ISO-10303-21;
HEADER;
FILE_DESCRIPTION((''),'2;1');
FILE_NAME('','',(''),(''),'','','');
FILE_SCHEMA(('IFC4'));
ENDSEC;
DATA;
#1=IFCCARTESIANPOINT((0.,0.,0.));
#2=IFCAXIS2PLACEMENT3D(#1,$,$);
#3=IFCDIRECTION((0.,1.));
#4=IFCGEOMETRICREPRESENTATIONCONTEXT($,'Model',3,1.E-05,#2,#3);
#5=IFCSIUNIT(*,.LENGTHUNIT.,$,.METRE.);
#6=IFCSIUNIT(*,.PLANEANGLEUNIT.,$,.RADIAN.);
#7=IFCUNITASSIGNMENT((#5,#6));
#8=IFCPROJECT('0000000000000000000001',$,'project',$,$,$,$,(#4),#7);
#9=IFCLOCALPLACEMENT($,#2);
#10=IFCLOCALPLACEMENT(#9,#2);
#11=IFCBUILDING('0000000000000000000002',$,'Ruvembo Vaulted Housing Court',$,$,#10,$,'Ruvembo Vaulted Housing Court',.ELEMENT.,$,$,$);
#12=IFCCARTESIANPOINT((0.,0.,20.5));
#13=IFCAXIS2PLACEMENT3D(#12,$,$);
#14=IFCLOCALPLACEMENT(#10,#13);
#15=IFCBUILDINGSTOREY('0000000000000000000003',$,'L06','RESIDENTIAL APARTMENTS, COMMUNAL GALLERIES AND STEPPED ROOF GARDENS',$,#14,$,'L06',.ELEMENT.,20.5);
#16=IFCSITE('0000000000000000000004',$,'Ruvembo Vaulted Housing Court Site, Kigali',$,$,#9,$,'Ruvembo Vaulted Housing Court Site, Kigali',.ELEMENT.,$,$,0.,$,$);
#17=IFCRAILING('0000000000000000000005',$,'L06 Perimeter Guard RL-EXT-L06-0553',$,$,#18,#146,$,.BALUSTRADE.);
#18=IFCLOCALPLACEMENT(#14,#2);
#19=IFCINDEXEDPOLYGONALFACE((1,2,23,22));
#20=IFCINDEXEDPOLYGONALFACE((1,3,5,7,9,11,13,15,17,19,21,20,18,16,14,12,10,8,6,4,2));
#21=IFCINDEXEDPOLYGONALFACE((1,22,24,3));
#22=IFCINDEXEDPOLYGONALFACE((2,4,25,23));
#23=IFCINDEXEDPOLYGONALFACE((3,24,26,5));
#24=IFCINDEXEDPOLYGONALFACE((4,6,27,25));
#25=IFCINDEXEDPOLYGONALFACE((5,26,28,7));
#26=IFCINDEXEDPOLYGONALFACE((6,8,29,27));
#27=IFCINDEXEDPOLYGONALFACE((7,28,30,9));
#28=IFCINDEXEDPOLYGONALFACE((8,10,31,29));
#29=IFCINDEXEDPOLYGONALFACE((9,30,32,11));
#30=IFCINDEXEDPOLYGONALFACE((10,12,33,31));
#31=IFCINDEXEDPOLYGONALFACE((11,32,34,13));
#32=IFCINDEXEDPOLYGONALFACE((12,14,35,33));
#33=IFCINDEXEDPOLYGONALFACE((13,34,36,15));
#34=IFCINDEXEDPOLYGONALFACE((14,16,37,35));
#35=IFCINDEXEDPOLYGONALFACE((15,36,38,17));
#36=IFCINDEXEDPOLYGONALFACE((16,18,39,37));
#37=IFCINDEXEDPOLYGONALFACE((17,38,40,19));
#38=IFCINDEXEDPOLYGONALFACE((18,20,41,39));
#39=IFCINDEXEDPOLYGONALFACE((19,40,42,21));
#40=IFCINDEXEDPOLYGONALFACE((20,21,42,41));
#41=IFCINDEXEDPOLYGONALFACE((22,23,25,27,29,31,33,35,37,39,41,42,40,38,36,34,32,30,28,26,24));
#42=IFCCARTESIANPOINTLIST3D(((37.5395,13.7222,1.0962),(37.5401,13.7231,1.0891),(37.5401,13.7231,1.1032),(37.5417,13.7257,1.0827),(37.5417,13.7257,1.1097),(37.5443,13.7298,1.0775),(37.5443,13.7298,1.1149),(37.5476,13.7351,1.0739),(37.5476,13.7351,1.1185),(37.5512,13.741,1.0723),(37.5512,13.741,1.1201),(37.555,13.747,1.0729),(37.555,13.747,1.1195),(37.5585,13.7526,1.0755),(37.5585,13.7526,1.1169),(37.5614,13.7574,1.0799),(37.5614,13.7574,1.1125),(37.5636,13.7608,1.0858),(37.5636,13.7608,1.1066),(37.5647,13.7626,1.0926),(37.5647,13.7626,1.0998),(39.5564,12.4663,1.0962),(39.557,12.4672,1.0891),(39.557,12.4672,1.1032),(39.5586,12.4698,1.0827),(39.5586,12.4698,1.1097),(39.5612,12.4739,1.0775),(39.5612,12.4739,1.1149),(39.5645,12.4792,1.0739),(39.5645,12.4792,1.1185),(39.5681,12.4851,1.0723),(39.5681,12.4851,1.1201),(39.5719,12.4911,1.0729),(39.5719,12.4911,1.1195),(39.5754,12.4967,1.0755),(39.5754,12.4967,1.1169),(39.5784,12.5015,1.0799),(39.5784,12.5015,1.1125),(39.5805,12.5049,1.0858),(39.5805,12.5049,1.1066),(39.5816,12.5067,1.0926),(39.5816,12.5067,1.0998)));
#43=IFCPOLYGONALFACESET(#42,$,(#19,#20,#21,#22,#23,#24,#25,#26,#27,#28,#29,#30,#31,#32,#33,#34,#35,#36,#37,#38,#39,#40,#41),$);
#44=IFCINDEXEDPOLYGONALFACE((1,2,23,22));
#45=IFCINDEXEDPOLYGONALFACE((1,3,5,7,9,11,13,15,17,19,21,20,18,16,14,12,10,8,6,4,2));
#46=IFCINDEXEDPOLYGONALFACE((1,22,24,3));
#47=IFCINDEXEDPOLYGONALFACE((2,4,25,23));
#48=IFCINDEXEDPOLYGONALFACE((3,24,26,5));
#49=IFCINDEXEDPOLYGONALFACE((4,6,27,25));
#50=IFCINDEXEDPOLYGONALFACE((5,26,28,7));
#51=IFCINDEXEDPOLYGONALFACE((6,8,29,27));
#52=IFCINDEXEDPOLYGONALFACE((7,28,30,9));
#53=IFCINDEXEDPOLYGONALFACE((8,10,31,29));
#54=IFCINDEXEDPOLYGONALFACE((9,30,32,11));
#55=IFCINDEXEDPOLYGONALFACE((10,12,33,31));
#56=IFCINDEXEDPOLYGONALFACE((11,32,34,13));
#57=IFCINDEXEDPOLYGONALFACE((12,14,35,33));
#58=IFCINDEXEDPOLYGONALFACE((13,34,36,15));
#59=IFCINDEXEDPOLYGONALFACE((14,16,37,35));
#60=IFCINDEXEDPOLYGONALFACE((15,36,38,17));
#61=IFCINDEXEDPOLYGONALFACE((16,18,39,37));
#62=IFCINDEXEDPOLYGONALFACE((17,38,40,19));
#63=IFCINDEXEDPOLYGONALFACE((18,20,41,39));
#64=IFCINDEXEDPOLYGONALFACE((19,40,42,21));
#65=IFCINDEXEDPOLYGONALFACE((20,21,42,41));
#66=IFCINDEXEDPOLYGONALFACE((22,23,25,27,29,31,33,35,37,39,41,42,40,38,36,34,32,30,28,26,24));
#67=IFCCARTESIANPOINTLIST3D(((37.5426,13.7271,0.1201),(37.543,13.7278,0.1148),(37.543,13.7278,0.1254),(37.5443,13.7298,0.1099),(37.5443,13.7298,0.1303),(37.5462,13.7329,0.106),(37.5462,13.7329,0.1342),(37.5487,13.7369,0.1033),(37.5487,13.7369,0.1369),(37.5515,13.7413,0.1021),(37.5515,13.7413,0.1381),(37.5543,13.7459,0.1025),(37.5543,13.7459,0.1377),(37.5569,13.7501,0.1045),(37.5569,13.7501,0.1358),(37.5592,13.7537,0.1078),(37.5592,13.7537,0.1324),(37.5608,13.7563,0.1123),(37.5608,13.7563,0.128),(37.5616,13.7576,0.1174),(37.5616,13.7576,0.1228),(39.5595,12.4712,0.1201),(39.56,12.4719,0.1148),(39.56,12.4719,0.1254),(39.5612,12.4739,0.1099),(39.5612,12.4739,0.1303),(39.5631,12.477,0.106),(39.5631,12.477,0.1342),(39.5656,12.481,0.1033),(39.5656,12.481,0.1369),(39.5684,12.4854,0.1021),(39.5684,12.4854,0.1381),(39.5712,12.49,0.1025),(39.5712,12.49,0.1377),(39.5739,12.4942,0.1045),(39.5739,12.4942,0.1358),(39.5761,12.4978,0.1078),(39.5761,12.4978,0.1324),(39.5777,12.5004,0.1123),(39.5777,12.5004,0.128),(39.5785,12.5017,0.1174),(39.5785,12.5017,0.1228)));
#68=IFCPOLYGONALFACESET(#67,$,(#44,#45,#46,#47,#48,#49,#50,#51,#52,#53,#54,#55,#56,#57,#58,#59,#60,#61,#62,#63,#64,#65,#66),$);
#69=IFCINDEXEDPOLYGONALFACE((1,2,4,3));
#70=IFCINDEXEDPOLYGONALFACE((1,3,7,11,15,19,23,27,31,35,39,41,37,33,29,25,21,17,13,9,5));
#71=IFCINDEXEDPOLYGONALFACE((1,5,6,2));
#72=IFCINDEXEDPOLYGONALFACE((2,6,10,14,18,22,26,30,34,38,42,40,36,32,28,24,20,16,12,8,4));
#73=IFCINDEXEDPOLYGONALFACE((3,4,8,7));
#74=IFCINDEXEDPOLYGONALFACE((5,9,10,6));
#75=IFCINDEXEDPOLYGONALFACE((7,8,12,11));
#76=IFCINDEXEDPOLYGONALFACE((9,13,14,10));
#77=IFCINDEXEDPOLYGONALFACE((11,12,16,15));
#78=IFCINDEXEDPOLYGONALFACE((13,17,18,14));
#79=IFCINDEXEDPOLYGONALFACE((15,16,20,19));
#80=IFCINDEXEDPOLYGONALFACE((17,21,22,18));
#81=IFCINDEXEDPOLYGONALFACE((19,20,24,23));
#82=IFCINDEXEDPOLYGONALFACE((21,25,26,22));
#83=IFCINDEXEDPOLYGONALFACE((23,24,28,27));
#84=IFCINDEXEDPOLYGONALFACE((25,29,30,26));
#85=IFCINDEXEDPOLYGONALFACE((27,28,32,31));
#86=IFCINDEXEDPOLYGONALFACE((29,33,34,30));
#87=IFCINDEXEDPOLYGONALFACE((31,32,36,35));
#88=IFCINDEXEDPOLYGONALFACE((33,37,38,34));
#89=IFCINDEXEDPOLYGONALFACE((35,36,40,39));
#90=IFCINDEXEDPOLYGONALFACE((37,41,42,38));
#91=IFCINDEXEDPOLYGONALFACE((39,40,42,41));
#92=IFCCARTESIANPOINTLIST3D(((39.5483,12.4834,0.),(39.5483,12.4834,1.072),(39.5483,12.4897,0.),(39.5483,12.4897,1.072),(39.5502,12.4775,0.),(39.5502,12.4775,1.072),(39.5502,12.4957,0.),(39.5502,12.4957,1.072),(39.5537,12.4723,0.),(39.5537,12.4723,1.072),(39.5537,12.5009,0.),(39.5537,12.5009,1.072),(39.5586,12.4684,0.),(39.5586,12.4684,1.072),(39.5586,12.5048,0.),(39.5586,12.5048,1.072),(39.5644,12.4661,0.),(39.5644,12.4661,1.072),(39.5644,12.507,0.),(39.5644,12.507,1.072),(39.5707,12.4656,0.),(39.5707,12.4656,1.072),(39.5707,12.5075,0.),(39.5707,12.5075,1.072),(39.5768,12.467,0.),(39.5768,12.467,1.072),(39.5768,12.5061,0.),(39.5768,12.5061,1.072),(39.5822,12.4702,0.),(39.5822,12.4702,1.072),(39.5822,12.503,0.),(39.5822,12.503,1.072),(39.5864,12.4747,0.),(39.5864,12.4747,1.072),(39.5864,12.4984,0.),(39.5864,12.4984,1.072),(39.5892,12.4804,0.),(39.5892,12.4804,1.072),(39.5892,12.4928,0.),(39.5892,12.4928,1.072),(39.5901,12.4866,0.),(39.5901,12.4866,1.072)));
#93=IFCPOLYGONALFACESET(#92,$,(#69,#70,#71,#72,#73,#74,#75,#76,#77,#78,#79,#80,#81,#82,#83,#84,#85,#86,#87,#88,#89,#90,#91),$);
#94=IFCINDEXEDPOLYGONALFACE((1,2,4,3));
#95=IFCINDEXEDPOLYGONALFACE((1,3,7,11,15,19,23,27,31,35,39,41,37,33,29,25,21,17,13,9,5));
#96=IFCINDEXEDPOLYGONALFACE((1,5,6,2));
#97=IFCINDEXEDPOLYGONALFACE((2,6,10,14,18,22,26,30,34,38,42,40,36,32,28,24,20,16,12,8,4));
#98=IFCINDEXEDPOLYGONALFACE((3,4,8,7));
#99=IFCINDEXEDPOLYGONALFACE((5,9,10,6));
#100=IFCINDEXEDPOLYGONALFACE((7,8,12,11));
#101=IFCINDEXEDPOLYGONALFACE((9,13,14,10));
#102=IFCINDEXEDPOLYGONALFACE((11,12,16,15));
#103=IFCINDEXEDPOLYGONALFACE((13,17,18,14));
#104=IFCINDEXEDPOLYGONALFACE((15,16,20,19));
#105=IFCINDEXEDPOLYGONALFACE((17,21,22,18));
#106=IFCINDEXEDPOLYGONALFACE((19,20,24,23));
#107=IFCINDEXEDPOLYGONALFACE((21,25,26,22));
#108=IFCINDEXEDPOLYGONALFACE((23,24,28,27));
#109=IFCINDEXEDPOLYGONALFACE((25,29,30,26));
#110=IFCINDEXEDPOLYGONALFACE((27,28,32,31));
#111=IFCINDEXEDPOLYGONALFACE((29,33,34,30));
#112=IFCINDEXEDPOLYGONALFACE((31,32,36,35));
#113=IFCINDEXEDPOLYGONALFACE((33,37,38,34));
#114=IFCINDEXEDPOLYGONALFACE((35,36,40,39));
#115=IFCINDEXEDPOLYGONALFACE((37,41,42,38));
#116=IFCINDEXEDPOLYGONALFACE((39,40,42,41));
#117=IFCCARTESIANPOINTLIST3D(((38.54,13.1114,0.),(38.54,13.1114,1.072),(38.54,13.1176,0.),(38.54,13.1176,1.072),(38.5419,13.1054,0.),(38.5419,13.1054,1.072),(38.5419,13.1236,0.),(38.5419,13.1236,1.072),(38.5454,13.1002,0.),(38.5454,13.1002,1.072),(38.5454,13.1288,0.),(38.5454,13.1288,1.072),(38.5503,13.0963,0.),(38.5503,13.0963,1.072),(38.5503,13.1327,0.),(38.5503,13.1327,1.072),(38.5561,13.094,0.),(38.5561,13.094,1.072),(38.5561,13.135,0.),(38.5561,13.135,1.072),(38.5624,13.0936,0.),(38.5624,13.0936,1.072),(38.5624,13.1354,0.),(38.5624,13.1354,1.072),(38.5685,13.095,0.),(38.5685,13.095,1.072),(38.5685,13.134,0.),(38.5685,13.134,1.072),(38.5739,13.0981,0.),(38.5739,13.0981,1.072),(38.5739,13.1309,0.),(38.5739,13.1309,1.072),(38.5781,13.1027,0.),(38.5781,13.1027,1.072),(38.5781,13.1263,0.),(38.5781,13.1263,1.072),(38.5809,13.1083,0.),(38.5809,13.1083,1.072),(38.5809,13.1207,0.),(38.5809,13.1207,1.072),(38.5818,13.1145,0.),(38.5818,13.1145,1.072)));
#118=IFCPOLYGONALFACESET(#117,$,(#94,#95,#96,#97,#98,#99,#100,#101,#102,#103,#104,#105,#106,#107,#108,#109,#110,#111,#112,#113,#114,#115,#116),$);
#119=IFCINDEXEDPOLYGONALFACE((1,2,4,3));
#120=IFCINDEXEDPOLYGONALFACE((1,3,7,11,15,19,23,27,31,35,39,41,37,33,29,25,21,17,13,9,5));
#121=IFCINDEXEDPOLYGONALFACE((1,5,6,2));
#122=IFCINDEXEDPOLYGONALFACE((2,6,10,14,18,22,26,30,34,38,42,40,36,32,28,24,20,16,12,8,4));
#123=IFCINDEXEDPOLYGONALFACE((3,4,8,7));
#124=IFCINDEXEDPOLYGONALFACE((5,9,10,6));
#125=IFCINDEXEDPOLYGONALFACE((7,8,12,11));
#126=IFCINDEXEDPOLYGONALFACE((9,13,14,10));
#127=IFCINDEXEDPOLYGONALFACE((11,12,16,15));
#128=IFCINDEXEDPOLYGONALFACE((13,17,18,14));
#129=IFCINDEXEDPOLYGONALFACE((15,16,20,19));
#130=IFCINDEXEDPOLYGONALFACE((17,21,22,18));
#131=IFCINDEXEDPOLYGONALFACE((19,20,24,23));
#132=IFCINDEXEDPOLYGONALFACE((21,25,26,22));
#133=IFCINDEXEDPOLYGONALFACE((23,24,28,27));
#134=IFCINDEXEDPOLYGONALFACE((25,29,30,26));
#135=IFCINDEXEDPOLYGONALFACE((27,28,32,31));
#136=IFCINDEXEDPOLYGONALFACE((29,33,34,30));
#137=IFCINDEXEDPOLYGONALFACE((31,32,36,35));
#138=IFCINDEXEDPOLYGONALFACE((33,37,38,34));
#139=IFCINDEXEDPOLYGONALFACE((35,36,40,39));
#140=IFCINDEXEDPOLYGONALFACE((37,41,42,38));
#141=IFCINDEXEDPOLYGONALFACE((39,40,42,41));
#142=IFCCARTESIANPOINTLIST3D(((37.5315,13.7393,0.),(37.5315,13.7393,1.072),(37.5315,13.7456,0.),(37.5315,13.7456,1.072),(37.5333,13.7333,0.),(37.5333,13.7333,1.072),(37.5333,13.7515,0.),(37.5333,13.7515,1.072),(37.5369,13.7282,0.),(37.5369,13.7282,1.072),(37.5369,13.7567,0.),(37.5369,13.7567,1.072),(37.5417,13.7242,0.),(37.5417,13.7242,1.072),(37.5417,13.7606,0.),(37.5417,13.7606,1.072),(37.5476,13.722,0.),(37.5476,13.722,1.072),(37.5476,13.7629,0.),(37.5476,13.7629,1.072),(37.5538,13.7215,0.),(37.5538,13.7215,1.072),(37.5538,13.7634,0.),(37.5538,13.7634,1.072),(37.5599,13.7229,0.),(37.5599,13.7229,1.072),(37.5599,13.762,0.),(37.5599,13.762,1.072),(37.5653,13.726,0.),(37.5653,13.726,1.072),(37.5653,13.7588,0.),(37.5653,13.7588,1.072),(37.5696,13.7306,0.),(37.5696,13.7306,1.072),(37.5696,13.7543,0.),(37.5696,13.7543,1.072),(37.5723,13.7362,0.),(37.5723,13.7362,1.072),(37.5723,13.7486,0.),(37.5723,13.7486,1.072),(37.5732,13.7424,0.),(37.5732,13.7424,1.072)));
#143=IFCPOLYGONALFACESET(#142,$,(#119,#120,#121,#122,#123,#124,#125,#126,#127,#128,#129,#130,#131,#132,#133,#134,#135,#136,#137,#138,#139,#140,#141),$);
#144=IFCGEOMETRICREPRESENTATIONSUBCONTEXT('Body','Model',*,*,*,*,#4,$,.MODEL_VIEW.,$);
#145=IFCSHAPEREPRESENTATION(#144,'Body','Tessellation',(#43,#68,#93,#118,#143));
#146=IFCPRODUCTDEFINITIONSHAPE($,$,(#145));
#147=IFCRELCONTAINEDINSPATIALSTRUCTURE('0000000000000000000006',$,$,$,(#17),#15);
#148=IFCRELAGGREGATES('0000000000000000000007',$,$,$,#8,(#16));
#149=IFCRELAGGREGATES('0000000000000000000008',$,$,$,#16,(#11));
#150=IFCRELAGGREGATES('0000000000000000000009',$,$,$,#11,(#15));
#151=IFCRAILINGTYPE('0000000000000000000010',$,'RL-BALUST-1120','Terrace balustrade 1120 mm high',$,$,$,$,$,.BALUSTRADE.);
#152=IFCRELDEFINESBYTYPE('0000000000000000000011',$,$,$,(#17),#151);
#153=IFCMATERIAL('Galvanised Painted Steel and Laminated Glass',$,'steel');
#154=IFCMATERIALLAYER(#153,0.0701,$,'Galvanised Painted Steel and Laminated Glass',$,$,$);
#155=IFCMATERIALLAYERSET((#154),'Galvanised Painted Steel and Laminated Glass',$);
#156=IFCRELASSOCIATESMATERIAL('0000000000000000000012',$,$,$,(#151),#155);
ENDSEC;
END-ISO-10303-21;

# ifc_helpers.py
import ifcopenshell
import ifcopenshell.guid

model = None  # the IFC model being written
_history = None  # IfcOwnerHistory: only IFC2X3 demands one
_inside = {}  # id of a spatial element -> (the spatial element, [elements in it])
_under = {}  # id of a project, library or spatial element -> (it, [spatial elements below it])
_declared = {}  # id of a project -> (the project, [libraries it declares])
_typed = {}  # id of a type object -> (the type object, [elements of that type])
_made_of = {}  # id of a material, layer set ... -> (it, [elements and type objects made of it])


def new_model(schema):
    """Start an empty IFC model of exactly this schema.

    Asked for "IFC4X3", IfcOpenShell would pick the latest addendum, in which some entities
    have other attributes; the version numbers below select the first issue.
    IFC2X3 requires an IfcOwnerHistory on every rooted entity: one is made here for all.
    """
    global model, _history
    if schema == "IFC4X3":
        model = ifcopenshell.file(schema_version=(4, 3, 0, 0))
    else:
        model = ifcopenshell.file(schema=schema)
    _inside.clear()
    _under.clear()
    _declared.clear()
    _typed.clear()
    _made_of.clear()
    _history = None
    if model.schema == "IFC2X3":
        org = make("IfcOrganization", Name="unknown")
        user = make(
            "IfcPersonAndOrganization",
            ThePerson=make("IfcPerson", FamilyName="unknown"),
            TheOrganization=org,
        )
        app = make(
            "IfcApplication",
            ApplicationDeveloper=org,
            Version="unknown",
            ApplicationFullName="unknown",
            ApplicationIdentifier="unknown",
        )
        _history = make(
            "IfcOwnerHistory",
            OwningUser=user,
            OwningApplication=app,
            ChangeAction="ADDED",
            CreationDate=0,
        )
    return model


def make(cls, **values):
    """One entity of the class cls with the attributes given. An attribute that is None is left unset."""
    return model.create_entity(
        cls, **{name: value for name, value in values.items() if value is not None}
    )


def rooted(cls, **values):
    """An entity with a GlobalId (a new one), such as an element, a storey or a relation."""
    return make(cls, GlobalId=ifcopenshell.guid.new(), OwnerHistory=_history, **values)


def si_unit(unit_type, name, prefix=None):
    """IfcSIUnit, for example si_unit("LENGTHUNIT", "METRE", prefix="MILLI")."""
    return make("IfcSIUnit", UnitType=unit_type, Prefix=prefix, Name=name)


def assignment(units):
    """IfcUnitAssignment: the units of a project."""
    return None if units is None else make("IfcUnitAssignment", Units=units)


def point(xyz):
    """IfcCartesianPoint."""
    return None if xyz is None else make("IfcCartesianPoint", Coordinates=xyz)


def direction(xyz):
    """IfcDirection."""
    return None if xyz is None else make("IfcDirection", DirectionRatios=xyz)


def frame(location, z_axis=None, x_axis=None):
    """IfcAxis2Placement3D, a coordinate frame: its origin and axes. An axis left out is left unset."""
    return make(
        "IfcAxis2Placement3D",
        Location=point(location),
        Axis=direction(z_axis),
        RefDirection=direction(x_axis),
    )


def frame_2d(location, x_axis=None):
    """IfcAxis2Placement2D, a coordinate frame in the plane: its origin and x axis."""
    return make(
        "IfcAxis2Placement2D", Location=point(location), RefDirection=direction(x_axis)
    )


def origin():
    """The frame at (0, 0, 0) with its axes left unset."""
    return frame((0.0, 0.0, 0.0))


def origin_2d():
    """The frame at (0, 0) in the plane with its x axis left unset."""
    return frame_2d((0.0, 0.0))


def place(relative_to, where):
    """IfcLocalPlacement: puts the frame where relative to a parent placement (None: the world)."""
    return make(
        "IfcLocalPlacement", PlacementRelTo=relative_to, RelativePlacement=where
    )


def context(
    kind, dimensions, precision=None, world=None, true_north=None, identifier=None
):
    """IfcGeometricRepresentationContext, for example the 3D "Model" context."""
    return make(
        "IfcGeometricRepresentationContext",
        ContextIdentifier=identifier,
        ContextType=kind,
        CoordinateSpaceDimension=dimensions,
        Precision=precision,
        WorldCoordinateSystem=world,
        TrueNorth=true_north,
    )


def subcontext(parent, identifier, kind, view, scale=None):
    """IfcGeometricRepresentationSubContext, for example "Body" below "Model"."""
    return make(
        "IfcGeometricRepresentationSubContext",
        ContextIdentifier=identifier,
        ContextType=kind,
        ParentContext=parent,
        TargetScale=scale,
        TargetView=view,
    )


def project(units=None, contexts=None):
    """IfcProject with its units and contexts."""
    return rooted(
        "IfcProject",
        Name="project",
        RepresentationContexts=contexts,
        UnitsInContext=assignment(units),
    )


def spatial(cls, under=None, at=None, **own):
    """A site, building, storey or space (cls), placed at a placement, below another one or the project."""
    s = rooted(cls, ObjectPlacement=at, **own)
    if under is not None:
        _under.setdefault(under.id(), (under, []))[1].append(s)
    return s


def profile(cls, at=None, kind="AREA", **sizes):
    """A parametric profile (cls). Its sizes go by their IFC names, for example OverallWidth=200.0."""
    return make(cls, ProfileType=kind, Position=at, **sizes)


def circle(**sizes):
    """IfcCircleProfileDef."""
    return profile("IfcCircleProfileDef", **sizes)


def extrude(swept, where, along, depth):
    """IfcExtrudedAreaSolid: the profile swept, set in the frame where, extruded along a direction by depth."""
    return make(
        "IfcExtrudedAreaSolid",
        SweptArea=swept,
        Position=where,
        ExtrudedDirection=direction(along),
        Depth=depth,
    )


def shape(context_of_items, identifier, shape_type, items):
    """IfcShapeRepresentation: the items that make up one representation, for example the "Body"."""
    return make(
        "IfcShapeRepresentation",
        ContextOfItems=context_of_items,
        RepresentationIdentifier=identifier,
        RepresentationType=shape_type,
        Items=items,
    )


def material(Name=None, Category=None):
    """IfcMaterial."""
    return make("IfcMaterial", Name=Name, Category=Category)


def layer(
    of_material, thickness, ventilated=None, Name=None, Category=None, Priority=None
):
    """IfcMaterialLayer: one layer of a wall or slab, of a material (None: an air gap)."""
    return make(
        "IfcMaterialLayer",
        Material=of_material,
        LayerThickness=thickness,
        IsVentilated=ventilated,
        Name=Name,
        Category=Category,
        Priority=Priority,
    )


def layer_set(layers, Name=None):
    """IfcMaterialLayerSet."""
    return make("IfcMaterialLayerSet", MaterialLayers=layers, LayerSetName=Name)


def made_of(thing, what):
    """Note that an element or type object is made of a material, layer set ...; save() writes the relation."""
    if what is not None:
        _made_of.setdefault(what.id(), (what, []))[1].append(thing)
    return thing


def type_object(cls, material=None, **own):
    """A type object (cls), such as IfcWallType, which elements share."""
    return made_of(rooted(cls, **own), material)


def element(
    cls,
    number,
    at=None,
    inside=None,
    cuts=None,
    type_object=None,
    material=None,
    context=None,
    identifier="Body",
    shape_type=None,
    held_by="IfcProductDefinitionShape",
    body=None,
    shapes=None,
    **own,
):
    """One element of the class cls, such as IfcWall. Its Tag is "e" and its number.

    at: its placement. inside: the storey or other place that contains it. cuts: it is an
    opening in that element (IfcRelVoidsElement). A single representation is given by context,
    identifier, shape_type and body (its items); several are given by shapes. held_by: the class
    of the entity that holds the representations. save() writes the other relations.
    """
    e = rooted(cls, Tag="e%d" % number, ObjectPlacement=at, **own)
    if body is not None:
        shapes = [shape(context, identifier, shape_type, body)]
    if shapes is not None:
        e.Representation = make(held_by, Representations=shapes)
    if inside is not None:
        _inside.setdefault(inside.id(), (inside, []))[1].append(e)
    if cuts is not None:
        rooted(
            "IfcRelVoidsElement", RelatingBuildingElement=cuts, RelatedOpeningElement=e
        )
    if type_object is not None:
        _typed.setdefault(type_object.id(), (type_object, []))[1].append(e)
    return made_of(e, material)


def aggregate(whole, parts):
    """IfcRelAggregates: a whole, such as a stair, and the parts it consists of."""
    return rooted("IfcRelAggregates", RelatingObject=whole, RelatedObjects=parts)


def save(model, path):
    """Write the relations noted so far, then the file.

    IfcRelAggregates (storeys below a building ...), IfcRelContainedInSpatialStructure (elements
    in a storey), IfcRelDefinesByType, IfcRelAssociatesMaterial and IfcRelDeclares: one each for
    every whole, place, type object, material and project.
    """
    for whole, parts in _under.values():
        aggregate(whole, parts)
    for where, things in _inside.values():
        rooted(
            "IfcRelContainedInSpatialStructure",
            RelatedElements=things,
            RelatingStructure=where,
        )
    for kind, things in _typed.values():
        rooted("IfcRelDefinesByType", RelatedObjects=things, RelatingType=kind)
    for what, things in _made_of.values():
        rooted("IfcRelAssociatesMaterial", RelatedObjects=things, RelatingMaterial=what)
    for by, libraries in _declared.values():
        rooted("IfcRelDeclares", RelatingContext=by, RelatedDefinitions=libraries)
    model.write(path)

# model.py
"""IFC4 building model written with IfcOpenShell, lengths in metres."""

from ifc_helpers import new_model, si_unit, direction, frame, origin, origin_2d, place, context, subcontext, project, spatial, circle, extrude, material, layer, layer_set, type_object, element, save


model = new_model("IFC4")

# Units and contexts
model_context = context("Model", 3, precision=1e-05, world=origin(), true_north=direction((0.0, 1.0)))
body_context = subcontext(model_context, "Body", "Model", "MODEL_VIEW")
ifc_project = project(units=[si_unit("LENGTHUNIT", "METRE"), si_unit("PLANEANGLEUNIT", "RADIAN")], contexts=[model_context])

# Site, building, storey
site_placement = place(None, origin())
site = spatial("IfcSite", under=ifc_project, at=site_placement, Name="Ruvembo Vaulted Housing Court Site, Kigali", LongName="Ruvembo Vaulted Housing Court Site, Kigali", CompositionType="ELEMENT", RefElevation=0.0)
building_placement = place(site_placement, origin())
building = spatial("IfcBuilding", under=site, at=building_placement, Name="Ruvembo Vaulted Housing Court", LongName="Ruvembo Vaulted Housing Court", CompositionType="ELEMENT")
storey_placement = place(building_placement, frame((0.0, 0.0, 20.5)))
storey = spatial("IfcBuildingStorey", under=building, at=storey_placement, Name="L06", Description="RESIDENTIAL APARTMENTS, COMMUNAL GALLERIES AND STEPPED ROOF GARDENS", LongName="L06", CompositionType="ELEMENT", Elevation=20.5)

# Railing
ifc_material_1 = material(Name="Galvanised Painted Steel and Laminated Glass", Category="steel")
ifc_layer_1 = layer(ifc_material_1, 0.0701, Name="Galvanised Painted Steel and Laminated Glass")
ifc_layer_set_1 = layer_set([ifc_layer_1], Name="Galvanised Painted Steel and Laminated Glass")
railing_type = type_object("IfcRailingType", Name="RL-BALUST-1120", Description="Terrace balustrade 1120 mm high", PredefinedType="BALUSTRADE", material=ifc_layer_set_1)
railing_1_placement = place(storey_placement, frame((39.5691, 12.4866, 0.0)))
element("IfcRailing", 1, at=railing_1_placement, inside=storey, type_object=railing_type, Name="L06 Perimeter Guard RL-EXT-L06-0553", PredefinedType="BALUSTRADE", context=body_context, shape_type="SweptSolid", body=[
    extrude(circle(Radius=0.0239, at=origin_2d()), frame((0.0, 0.0, 1.0962), z_axis=(-0.84888, 0.528585, 0.0), x_axis=(-0.528585, -0.84888, 0.0)), (0.0, 0.0, 1.0), 2.376),
    extrude(circle(Radius=0.0181, at=origin_2d()), frame((0.0, 0.0, 0.1201), z_axis=(-0.84888, 0.528585, 0.0), x_axis=(-0.528585, -0.84888, 0.0)), (0.0, 0.0, 1.0), 2.376),
    extrude(circle(Radius=0.021, at=origin_2d()), origin(), (0.0, 0.0, 1.0), 1.072),
    extrude(circle(Radius=0.021, at=origin_2d()), frame((-1.0083, 0.6279, 0.0)), (0.0, 0.0, 1.0), 1.072),
    extrude(circle(Radius=0.021, at=origin_2d()), frame((-2.0168, 1.2559, 0.0)), (0.0, 0.0, 1.0), 1.072),
])

save(model, "model.ifc")
